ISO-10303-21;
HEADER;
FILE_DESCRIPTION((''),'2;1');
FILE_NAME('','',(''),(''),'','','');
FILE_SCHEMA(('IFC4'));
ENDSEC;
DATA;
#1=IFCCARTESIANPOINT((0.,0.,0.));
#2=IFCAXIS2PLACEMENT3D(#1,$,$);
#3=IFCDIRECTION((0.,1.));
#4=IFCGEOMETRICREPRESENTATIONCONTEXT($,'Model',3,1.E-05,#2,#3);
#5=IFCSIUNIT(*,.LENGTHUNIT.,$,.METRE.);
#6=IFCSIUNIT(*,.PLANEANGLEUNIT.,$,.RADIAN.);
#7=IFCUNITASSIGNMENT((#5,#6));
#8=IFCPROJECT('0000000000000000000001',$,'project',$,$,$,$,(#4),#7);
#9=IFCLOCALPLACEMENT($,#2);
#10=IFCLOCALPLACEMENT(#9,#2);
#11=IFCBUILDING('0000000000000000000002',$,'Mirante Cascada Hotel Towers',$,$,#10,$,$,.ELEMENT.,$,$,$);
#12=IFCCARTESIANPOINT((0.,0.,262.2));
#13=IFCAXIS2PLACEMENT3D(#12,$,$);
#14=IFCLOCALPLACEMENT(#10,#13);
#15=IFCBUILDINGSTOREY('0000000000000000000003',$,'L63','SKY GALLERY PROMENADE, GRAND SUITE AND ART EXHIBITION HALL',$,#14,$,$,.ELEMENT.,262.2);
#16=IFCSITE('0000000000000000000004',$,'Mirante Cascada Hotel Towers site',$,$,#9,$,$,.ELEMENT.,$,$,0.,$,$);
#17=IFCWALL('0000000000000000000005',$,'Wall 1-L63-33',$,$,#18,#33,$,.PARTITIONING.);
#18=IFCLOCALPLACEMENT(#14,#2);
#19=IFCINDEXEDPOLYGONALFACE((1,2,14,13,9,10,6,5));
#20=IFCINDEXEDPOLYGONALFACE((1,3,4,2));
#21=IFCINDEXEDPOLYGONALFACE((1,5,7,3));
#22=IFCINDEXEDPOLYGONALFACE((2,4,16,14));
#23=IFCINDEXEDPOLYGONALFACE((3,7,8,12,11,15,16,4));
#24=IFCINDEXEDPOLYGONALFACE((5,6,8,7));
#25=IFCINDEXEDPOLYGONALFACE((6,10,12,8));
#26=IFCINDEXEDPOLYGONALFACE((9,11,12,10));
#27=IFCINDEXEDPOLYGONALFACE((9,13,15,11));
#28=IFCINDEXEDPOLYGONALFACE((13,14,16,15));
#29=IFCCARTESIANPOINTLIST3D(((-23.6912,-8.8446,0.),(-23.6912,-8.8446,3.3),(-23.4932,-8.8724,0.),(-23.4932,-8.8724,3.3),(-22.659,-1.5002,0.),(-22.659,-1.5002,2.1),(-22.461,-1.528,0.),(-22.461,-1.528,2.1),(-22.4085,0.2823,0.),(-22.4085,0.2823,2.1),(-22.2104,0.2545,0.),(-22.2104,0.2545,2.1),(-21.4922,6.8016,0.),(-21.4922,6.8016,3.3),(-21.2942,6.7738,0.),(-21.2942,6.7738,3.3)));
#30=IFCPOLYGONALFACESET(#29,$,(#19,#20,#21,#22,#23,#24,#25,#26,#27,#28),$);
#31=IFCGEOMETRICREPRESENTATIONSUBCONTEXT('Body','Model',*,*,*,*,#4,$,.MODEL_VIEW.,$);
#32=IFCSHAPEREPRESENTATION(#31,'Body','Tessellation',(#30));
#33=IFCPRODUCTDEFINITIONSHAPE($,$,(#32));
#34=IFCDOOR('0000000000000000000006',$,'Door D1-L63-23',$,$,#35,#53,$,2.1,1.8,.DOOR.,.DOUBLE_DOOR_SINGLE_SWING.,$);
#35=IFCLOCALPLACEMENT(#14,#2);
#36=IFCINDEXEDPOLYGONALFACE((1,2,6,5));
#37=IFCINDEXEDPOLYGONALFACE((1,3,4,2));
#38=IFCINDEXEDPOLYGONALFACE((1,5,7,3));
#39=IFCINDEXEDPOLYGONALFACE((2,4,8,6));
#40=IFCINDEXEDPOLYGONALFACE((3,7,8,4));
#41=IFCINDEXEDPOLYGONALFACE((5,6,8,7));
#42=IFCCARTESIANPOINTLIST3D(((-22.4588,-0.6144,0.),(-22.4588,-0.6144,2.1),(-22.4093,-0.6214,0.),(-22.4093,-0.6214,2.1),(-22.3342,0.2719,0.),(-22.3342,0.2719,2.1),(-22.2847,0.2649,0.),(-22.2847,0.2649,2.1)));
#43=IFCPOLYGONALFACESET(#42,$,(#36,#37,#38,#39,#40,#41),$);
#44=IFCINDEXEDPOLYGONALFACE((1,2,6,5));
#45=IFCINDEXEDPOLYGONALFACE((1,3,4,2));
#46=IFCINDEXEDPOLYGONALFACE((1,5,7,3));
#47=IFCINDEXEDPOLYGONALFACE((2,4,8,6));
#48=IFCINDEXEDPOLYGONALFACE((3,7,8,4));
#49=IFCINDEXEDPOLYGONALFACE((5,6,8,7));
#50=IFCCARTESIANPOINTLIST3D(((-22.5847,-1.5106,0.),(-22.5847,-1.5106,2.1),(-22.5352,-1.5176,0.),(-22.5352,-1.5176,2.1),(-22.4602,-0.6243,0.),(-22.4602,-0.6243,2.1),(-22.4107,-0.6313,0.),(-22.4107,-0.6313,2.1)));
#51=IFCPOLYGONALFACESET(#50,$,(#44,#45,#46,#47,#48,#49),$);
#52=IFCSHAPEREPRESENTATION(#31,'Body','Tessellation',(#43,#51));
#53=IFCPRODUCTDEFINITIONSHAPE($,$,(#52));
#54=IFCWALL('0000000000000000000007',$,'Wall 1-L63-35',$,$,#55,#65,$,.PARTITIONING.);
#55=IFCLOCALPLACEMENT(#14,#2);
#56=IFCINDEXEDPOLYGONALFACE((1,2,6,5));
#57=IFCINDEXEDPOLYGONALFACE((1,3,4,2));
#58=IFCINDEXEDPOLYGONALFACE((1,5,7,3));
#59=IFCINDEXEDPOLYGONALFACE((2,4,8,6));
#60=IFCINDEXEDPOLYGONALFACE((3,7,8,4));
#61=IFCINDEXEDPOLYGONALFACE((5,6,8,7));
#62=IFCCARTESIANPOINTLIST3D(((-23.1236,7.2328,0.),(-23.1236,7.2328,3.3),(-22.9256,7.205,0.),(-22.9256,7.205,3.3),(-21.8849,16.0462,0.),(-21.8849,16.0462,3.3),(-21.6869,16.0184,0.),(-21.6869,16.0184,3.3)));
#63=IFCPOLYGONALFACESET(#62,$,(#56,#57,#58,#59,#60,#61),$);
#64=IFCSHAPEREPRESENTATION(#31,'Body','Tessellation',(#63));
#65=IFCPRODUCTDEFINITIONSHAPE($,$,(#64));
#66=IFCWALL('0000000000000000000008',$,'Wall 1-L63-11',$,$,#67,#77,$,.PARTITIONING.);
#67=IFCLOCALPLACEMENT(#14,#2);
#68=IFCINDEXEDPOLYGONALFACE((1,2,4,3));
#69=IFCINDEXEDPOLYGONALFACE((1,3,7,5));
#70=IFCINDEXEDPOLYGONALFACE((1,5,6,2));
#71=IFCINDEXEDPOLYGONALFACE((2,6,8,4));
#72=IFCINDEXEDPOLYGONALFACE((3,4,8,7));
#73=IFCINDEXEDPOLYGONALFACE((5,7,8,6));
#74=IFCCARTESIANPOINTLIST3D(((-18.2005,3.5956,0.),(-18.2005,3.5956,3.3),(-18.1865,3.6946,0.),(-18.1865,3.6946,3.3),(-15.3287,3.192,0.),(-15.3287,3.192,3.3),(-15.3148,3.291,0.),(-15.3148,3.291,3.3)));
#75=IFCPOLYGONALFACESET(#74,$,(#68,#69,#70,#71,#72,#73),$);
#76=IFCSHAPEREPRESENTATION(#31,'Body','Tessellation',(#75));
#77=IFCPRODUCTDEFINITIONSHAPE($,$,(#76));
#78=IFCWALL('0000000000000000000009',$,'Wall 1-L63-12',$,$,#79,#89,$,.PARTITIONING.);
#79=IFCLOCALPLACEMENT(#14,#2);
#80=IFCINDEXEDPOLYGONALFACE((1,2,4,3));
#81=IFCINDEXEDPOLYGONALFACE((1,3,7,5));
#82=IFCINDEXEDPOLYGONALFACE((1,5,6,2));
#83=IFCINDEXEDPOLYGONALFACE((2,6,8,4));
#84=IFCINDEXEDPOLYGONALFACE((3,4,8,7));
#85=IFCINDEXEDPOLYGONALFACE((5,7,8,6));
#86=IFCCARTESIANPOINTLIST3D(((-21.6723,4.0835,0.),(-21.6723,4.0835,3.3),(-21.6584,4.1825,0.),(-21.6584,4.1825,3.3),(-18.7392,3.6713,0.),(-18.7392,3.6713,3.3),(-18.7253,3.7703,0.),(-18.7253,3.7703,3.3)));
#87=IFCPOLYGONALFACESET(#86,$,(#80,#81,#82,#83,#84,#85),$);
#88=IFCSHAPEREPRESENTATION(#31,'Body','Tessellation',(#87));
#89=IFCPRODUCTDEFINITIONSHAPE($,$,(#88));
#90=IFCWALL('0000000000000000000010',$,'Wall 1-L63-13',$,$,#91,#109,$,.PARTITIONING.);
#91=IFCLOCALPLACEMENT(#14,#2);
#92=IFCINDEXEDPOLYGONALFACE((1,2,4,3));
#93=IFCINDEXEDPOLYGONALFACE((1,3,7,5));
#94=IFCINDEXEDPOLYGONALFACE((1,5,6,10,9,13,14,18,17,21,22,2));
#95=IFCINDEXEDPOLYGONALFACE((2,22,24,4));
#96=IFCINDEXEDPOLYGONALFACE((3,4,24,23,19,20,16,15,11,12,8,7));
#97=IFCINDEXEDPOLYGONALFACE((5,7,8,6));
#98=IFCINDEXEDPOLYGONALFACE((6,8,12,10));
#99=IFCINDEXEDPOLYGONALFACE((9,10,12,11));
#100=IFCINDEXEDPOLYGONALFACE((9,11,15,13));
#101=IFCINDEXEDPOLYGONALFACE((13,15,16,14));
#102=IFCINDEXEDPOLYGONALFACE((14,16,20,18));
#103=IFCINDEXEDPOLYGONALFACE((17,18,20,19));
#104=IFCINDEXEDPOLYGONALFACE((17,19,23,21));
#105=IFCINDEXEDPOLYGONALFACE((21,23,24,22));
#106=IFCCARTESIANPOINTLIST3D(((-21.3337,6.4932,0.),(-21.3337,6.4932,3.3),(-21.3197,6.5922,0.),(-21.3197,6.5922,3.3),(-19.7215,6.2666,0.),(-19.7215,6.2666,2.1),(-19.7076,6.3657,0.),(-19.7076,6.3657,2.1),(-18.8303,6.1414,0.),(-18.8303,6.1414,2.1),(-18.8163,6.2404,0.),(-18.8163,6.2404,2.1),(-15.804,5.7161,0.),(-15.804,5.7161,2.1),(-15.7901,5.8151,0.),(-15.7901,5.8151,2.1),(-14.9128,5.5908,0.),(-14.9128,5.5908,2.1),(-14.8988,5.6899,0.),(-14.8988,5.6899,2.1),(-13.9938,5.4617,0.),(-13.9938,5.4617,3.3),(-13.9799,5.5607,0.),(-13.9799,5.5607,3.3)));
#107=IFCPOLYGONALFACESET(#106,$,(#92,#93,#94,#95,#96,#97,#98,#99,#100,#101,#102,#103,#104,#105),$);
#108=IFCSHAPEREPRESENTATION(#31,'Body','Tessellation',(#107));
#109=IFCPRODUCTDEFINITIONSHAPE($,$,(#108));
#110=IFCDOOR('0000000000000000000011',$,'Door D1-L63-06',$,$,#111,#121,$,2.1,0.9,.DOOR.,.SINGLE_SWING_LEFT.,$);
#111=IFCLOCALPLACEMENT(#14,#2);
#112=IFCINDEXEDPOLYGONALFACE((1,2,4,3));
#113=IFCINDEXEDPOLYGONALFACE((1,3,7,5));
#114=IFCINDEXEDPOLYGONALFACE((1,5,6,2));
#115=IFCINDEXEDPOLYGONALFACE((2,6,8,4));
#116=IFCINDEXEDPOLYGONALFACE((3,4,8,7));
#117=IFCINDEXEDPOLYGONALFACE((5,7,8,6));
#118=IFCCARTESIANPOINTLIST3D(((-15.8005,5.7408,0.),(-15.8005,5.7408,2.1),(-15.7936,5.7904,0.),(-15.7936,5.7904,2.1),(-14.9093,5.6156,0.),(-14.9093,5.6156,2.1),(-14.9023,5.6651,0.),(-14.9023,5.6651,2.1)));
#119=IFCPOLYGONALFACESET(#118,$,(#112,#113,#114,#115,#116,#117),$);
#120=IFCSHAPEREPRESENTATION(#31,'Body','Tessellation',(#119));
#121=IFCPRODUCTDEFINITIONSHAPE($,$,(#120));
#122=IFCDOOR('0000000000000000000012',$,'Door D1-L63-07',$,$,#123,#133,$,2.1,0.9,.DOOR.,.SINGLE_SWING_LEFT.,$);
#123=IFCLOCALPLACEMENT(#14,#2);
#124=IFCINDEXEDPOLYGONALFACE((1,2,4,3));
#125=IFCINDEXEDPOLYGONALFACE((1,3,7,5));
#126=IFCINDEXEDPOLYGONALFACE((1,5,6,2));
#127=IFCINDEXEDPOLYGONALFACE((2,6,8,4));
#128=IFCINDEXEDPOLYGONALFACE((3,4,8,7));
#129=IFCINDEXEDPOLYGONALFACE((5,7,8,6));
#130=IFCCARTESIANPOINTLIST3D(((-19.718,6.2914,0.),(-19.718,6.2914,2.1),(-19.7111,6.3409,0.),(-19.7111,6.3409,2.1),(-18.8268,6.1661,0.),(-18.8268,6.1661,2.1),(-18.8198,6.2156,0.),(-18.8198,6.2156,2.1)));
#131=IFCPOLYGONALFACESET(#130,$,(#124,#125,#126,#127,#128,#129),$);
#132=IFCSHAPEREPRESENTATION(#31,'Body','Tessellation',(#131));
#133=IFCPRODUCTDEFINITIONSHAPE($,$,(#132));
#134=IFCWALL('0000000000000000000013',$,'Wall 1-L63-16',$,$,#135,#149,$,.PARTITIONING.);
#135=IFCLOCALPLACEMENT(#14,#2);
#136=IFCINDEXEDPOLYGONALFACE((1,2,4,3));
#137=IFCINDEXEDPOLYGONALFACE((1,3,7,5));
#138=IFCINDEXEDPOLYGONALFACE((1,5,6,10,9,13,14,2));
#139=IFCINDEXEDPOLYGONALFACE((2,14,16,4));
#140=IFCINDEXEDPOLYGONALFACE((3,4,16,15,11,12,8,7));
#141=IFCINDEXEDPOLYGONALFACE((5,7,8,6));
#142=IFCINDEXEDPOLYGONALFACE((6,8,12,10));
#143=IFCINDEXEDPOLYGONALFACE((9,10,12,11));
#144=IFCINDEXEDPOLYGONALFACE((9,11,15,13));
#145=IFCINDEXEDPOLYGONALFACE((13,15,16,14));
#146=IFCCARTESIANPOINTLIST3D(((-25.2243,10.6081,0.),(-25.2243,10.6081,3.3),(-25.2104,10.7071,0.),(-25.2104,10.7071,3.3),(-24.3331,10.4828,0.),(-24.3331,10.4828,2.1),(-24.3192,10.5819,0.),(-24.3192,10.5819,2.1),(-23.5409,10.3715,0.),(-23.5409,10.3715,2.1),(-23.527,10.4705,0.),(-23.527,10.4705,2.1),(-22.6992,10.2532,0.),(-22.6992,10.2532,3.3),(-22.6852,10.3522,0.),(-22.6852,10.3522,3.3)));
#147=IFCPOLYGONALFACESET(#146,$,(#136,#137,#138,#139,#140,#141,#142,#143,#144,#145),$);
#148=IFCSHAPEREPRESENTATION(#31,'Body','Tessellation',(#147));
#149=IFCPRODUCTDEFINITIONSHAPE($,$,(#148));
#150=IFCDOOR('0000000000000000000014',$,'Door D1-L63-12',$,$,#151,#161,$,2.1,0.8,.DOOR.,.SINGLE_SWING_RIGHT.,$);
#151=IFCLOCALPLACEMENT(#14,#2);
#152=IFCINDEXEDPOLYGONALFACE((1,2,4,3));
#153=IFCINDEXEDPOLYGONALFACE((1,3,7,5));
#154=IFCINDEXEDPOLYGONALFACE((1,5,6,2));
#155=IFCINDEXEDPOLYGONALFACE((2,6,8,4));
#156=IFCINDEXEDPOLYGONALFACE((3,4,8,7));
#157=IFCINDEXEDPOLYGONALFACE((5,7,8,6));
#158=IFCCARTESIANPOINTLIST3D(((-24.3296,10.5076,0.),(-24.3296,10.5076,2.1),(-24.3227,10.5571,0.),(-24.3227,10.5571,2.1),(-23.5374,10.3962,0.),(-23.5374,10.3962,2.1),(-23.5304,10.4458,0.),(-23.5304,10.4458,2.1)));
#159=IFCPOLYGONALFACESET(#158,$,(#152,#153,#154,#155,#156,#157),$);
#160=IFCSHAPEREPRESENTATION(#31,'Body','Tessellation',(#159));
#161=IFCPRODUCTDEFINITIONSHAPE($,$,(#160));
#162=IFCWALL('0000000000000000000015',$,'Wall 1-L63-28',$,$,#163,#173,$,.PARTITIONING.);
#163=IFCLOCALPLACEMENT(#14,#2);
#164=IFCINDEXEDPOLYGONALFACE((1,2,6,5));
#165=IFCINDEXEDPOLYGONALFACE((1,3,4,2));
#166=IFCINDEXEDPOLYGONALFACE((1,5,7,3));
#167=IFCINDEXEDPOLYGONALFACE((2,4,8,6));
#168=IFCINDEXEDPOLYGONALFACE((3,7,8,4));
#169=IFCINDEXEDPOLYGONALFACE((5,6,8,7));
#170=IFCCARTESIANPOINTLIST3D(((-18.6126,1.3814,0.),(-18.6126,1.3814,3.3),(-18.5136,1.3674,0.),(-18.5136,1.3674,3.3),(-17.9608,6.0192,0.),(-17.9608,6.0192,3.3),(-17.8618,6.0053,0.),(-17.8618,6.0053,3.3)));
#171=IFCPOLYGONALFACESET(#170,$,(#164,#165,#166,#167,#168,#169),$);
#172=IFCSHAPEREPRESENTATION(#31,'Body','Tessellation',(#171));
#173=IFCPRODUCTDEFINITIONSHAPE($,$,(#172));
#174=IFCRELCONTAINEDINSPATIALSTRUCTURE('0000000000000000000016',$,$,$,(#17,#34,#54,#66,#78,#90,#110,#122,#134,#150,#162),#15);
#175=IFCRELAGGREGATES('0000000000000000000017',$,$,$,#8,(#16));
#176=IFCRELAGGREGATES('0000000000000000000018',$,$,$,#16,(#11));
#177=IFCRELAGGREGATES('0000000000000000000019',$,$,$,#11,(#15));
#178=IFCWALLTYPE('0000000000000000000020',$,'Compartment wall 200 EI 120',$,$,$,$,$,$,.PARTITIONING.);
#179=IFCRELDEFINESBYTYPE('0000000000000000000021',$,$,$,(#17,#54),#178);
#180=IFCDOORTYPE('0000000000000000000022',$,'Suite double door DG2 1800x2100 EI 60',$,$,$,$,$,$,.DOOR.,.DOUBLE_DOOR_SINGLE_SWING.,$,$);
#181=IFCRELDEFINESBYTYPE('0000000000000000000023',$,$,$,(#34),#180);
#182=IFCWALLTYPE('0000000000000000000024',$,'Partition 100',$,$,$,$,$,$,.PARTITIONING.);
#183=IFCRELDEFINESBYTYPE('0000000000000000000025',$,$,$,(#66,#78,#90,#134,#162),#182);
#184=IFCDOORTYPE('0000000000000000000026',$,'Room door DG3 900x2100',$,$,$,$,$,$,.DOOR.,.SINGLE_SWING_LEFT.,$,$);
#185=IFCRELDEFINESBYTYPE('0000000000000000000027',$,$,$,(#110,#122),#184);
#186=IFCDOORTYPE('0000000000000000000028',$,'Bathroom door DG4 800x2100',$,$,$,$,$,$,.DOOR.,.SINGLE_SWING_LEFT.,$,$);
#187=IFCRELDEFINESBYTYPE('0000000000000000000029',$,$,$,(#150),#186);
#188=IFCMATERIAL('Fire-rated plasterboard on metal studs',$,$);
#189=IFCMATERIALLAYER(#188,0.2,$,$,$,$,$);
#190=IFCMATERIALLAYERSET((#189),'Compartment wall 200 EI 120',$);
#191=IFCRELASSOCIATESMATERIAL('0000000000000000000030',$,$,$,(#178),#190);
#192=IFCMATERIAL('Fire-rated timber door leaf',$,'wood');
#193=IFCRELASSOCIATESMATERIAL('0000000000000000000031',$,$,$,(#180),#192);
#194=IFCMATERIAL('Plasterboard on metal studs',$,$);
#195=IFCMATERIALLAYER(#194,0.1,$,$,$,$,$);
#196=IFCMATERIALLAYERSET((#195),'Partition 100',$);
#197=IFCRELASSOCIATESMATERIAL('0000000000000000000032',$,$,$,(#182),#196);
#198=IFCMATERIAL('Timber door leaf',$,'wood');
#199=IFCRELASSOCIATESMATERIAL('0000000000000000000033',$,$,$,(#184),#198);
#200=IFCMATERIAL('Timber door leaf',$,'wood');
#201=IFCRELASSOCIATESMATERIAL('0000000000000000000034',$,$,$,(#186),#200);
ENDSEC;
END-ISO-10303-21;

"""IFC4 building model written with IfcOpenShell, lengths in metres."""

from ifc_helpers import new_model, si_unit, direction, frame, frame_2d, origin, place, context, subcontext, project, spatial, rectangle, extrude, material, layer, layer_set, type_object, element, fill, save


model = new_model("IFC4")

# Units and contexts
model_context = context("Model", 3, precision=1e-05, world=origin(), true_north=direction((0.0, 1.0)))
body_context = subcontext(model_context, "Body", "Model", "MODEL_VIEW")
ifc_project = project(units=[si_unit("LENGTHUNIT", "METRE"), si_unit("PLANEANGLEUNIT", "RADIAN")], contexts=[model_context])

# Site, building, storey
site_placement = place(None, origin())
site = spatial("IfcSite", under=ifc_project, at=site_placement, Name="Mirante Cascada Hotel Towers site", CompositionType="ELEMENT", RefElevation=0.0)
building_placement = place(site_placement, origin())
building = spatial("IfcBuilding", under=site, at=building_placement, Name="Mirante Cascada Hotel Towers", CompositionType="ELEMENT")
storey_placement = place(building_placement, frame((0.0, 0.0, 262.2)))
storey = spatial("IfcBuildingStorey", under=building, at=storey_placement, Name="L63", Description="SKY GALLERY PROMENADE, GRAND SUITE AND ART EXHIBITION HALL", CompositionType="ELEMENT", Elevation=262.2)

# Shared definitions
ifc_material_1 = material(Name="Fire-rated plasterboard on metal studs")
ifc_layer_1 = layer(ifc_material_1, 0.2)
ifc_layer_set_1 = layer_set([ifc_layer_1], Name="Compartment wall 200 EI 120")
wall_type_1 = type_object("IfcWallType", Name="Compartment wall 200 EI 120", PredefinedType="PARTITIONING", material=ifc_layer_set_1)

# Wall, opening, door
wall_1_placement = place(storey_placement, frame((-21.3932, 6.7877, 0.0), z_axis=(0.0, 0.0, 1.0), x_axis=(-0.139177, -0.990267, 0.0)))
wall_1 = element("IfcWall", 1, at=wall_1_placement, inside=storey, type_object=wall_type_1, Name="Wall 1-L63-33", PredefinedType="PARTITIONING", context=body_context, shape_type="SweptSolid", body=[
    extrude(rectangle(XDim=15.8, YDim=0.2, at=frame_2d((7.9, 0.0))), origin(), (0.0, 0.0, 1.0), 3.3),
])
opening_1_placement = place(wall_1_placement, frame((6.5834, 0.0, 0.0)))
opening_1 = element("IfcOpeningElement", 2, at=opening_1_placement, cuts=wall_1, PredefinedType="OPENING", context=body_context, shape_type="SweptSolid", body=[
    extrude(rectangle(XDim=1.8, YDim=2.1, at=frame_2d((0.9, 1.05))), frame((0.0, 0.1, 0.0), z_axis=(0.0, -1.0, 0.0), x_axis=(1.0, 0.0, 0.0)), (0.0, 0.0, 1.0), 0.2),
])
ifc_material_2 = material(Name="Fire-rated timber door leaf", Category="wood")
door_type_1 = type_object("IfcDoorType", Name="Suite double door DG2 1800x2100 EI 60", OperationType="DOUBLE_DOOR_SINGLE_SWING", PredefinedType="DOOR", material=ifc_material_2)
door_1_placement = place(opening_1_placement, origin())
door_1 = element("IfcDoor", 3, at=door_1_placement, inside=storey, type_object=door_type_1, Name="Door D1-L63-23", OperationType="DOUBLE_DOOR_SINGLE_SWING", OverallHeight=2.1, OverallWidth=1.8, PredefinedType="DOOR", context=body_context, shape_type="SweptSolid", body=[
    extrude(rectangle(XDim=0.895, YDim=2.1, at=frame_2d((0.4475, 1.05))), frame((0.0, 0.025, 0.0), z_axis=(0.0, -1.0, 0.0), x_axis=(1.0, 0.0, 0.0)), (0.0, 0.0, 1.0), 0.05),
    extrude(rectangle(XDim=0.895, YDim=2.1, at=frame_2d((1.3525, 1.05))), frame((0.0, 0.025, 0.0), z_axis=(0.0, -1.0, 0.0), x_axis=(1.0, 0.0, 0.0)), (0.0, 0.0, 1.0), 0.05),
])
fill(opening_1, door_1)

# Walls
wall_2_placement = place(storey_placement, frame((-21.7859, 16.0323, 0.0), z_axis=(0.0, 0.0, 1.0), x_axis=(-0.139179, -0.990267, 0.0)))
element("IfcWall", 4, at=wall_2_placement, inside=storey, type_object=wall_type_1, Name="Wall 1-L63-35", PredefinedType="PARTITIONING", context=body_context, shape_type="SweptSolid", body=[
    extrude(rectangle(XDim=8.9, YDim=0.2, at=frame_2d((4.45, 0.0))), origin(), (0.0, 0.0, 1.0), 3.3),
])
ifc_material_3 = material(Name="Plasterboard on metal studs")
ifc_layer_2 = layer(ifc_material_3, 0.1)
ifc_layer_set_2 = layer_set([ifc_layer_2], Name="Partition 100")
wall_type_2 = type_object("IfcWallType", Name="Partition 100", PredefinedType="PARTITIONING", material=ifc_layer_set_2)
wall_3_placement = place(storey_placement, frame((-18.1935, 3.6451, 0.0), z_axis=(0.0, 0.0, 1.0), x_axis=(0.990268, -0.139171, 0.0)))
element("IfcWall", 5, at=wall_3_placement, inside=storey, type_object=wall_type_2, Name="Wall 1-L63-11", PredefinedType="PARTITIONING", context=body_context, shape_type="SweptSolid", body=[
    extrude(rectangle(XDim=2.9, YDim=0.1, at=frame_2d((1.45, 0.0))), origin(), (0.0, 0.0, 1.0), 3.3),
])
wall_4_placement = place(storey_placement, frame((-18.7322, 3.7208, 0.0), z_axis=(0.0, 0.0, 1.0), x_axis=(-0.990269, 0.139166, 0.0)))
element("IfcWall", 6, at=wall_4_placement, inside=storey, type_object=wall_type_2, Name="Wall 1-L63-12", PredefinedType="PARTITIONING", context=body_context, shape_type="SweptSolid", body=[
    extrude(rectangle(XDim=2.9619, YDim=0.1, at=frame_2d((1.481, 0.0))), origin(), (0.0, 0.0, 1.0), 3.3),
])

# Wall, openings, doors
wall_5_placement = place(storey_placement, frame((-21.3267, 6.5427, 0.0), z_axis=(0.0, 0.0, 1.0), x_axis=(0.990269, -0.139166, 0.0)))
wall_5 = element("IfcWall", 7, at=wall_5_placement, inside=storey, type_object=wall_type_2, Name="Wall 1-L63-13", PredefinedType="PARTITIONING", context=body_context, shape_type="SweptSolid", body=[
    extrude(rectangle(XDim=7.412, YDim=0.1, at=frame_2d((3.706, 0.0))), origin(), (0.0, 0.0, 1.0), 3.3),
])
opening_2_placement = place(wall_5_placement, frame((5.584, 0.0, 0.0)))
opening_2 = element("IfcOpeningElement", 8, at=opening_2_placement, cuts=wall_5, PredefinedType="OPENING", context=body_context, shape_type="SweptSolid", body=[
    extrude(rectangle(XDim=0.9, YDim=2.1, at=frame_2d((0.45, 1.05))), frame((0.0, 0.05, 0.0), z_axis=(0.0, -1.0, 0.0), x_axis=(1.0, 0.0, 0.0)), (0.0, 0.0, 1.0), 0.1),
])
opening_3_placement = place(wall_5_placement, frame((1.628, 0.0, 0.0)))
opening_3 = element("IfcOpeningElement", 9, at=opening_3_placement, cuts=wall_5, PredefinedType="OPENING", context=body_context, shape_type="SweptSolid", body=[
    extrude(rectangle(XDim=0.9, YDim=2.1, at=frame_2d((0.45, 1.05))), frame((0.0, 0.05, 0.0), z_axis=(0.0, -1.0, 0.0), x_axis=(1.0, 0.0, 0.0)), (0.0, 0.0, 1.0), 0.1),
])
ifc_material_4 = material(Name="Timber door leaf", Category="wood")
door_type_2 = type_object("IfcDoorType", Name="Room door DG3 900x2100", OperationType="SINGLE_SWING_LEFT", PredefinedType="DOOR", material=ifc_material_4)
door_2_placement = place(opening_2_placement, origin())
door_2 = element("IfcDoor", 10, at=door_2_placement, inside=storey, type_object=door_type_2, Name="Door D1-L63-06", OperationType="SINGLE_SWING_LEFT", OverallHeight=2.1, OverallWidth=0.9, PredefinedType="DOOR", context=body_context, shape_type="SweptSolid", body=[
    extrude(rectangle(XDim=0.9, YDim=2.1, at=frame_2d((0.45, 1.05))), frame((0.0, 0.025, 0.0), z_axis=(0.0, -1.0, 0.0), x_axis=(1.0, 0.0, 0.0)), (0.0, 0.0, 1.0), 0.05),
])
fill(opening_2, door_2)
door_3_placement = place(opening_3_placement, origin())
door_3 = element("IfcDoor", 11, at=door_3_placement, inside=storey, type_object=door_type_2, Name="Door D1-L63-07", OperationType="SINGLE_SWING_LEFT", OverallHeight=2.1, OverallWidth=0.9, PredefinedType="DOOR", context=body_context, shape_type="SweptSolid", body=[
    extrude(rectangle(XDim=0.9, YDim=2.1, at=frame_2d((0.45, 1.05))), frame((0.0, 0.025, 0.0), z_axis=(0.0, -1.0, 0.0), x_axis=(1.0, 0.0, 0.0)), (0.0, 0.0, 1.0), 0.05),
])
fill(opening_3, door_3)

# Wall, opening, door
wall_6_placement = place(storey_placement, frame((-22.6922, 10.3027, 0.0), z_axis=(0.0, 0.0, 1.0), x_axis=(-0.990268, 0.139176, 0.0)))
wall_6 = element("IfcWall", 12, at=wall_6_placement, inside=storey, type_object=wall_type_2, Name="Wall 1-L63-16", PredefinedType="PARTITIONING", context=body_context, shape_type="SweptSolid", body=[
    extrude(rectangle(XDim=2.55, YDim=0.1, at=frame_2d((1.275, 0.0))), origin(), (0.0, 0.0, 1.0), 3.3),
])
opening_4_placement = place(wall_6_placement, frame((0.85, 0.0, 0.0)))
opening_4 = element("IfcOpeningElement", 13, at=opening_4_placement, cuts=wall_6, PredefinedType="OPENING", context=body_context, shape_type="SweptSolid", body=[
    extrude(rectangle(XDim=0.8, YDim=2.1, at=frame_2d((0.4, 1.05))), frame((0.0, 0.05, 0.0), z_axis=(0.0, -1.0, 0.0), x_axis=(1.0, 0.0, 0.0)), (0.0, 0.0, 1.0), 0.1),
])
ifc_material_5 = material(Name="Timber door leaf", Category="wood")
door_type_3 = type_object("IfcDoorType", Name="Bathroom door DG4 800x2100", OperationType="SINGLE_SWING_LEFT", PredefinedType="DOOR", material=ifc_material_5)
door_4_placement = place(opening_4_placement, frame((0.8, 0.0, 0.0), z_axis=(0.0, 0.0, 1.0), x_axis=(-1.0, 0.0, 0.0)))
door_4 = element("IfcDoor", 14, at=door_4_placement, inside=storey, type_object=door_type_3, Name="Door D1-L63-12", OperationType="SINGLE_SWING_RIGHT", OverallHeight=2.1, OverallWidth=0.8, PredefinedType="DOOR", context=body_context, shape_type="SweptSolid", body=[
    extrude(rectangle(XDim=0.8, YDim=2.1, at=frame_2d((0.4, 1.05))), frame((0.0, 0.025, 0.0), z_axis=(0.0, -1.0, 0.0), x_axis=(1.0, 0.0, 0.0)), (0.0, 0.0, 1.0), 0.05),
])
fill(opening_4, door_4)

# Wall
wall_7_placement = place(storey_placement, frame((-18.5631, 1.3744, 0.0), z_axis=(0.0, 0.0, 1.0), x_axis=(0.139173, 0.990268, 0.0)))
element("IfcWall", 15, at=wall_7_placement, inside=storey, type_object=wall_type_2, Name="Wall 1-L63-28", PredefinedType="PARTITIONING", context=body_context, shape_type="SweptSolid", body=[
    extrude(rectangle(XDim=4.6834, YDim=0.1, at=frame_2d((2.3417, 0.0))), origin(), (0.0, 0.0, 1.0), 3.3),
])

save(model, "model.ifc")
